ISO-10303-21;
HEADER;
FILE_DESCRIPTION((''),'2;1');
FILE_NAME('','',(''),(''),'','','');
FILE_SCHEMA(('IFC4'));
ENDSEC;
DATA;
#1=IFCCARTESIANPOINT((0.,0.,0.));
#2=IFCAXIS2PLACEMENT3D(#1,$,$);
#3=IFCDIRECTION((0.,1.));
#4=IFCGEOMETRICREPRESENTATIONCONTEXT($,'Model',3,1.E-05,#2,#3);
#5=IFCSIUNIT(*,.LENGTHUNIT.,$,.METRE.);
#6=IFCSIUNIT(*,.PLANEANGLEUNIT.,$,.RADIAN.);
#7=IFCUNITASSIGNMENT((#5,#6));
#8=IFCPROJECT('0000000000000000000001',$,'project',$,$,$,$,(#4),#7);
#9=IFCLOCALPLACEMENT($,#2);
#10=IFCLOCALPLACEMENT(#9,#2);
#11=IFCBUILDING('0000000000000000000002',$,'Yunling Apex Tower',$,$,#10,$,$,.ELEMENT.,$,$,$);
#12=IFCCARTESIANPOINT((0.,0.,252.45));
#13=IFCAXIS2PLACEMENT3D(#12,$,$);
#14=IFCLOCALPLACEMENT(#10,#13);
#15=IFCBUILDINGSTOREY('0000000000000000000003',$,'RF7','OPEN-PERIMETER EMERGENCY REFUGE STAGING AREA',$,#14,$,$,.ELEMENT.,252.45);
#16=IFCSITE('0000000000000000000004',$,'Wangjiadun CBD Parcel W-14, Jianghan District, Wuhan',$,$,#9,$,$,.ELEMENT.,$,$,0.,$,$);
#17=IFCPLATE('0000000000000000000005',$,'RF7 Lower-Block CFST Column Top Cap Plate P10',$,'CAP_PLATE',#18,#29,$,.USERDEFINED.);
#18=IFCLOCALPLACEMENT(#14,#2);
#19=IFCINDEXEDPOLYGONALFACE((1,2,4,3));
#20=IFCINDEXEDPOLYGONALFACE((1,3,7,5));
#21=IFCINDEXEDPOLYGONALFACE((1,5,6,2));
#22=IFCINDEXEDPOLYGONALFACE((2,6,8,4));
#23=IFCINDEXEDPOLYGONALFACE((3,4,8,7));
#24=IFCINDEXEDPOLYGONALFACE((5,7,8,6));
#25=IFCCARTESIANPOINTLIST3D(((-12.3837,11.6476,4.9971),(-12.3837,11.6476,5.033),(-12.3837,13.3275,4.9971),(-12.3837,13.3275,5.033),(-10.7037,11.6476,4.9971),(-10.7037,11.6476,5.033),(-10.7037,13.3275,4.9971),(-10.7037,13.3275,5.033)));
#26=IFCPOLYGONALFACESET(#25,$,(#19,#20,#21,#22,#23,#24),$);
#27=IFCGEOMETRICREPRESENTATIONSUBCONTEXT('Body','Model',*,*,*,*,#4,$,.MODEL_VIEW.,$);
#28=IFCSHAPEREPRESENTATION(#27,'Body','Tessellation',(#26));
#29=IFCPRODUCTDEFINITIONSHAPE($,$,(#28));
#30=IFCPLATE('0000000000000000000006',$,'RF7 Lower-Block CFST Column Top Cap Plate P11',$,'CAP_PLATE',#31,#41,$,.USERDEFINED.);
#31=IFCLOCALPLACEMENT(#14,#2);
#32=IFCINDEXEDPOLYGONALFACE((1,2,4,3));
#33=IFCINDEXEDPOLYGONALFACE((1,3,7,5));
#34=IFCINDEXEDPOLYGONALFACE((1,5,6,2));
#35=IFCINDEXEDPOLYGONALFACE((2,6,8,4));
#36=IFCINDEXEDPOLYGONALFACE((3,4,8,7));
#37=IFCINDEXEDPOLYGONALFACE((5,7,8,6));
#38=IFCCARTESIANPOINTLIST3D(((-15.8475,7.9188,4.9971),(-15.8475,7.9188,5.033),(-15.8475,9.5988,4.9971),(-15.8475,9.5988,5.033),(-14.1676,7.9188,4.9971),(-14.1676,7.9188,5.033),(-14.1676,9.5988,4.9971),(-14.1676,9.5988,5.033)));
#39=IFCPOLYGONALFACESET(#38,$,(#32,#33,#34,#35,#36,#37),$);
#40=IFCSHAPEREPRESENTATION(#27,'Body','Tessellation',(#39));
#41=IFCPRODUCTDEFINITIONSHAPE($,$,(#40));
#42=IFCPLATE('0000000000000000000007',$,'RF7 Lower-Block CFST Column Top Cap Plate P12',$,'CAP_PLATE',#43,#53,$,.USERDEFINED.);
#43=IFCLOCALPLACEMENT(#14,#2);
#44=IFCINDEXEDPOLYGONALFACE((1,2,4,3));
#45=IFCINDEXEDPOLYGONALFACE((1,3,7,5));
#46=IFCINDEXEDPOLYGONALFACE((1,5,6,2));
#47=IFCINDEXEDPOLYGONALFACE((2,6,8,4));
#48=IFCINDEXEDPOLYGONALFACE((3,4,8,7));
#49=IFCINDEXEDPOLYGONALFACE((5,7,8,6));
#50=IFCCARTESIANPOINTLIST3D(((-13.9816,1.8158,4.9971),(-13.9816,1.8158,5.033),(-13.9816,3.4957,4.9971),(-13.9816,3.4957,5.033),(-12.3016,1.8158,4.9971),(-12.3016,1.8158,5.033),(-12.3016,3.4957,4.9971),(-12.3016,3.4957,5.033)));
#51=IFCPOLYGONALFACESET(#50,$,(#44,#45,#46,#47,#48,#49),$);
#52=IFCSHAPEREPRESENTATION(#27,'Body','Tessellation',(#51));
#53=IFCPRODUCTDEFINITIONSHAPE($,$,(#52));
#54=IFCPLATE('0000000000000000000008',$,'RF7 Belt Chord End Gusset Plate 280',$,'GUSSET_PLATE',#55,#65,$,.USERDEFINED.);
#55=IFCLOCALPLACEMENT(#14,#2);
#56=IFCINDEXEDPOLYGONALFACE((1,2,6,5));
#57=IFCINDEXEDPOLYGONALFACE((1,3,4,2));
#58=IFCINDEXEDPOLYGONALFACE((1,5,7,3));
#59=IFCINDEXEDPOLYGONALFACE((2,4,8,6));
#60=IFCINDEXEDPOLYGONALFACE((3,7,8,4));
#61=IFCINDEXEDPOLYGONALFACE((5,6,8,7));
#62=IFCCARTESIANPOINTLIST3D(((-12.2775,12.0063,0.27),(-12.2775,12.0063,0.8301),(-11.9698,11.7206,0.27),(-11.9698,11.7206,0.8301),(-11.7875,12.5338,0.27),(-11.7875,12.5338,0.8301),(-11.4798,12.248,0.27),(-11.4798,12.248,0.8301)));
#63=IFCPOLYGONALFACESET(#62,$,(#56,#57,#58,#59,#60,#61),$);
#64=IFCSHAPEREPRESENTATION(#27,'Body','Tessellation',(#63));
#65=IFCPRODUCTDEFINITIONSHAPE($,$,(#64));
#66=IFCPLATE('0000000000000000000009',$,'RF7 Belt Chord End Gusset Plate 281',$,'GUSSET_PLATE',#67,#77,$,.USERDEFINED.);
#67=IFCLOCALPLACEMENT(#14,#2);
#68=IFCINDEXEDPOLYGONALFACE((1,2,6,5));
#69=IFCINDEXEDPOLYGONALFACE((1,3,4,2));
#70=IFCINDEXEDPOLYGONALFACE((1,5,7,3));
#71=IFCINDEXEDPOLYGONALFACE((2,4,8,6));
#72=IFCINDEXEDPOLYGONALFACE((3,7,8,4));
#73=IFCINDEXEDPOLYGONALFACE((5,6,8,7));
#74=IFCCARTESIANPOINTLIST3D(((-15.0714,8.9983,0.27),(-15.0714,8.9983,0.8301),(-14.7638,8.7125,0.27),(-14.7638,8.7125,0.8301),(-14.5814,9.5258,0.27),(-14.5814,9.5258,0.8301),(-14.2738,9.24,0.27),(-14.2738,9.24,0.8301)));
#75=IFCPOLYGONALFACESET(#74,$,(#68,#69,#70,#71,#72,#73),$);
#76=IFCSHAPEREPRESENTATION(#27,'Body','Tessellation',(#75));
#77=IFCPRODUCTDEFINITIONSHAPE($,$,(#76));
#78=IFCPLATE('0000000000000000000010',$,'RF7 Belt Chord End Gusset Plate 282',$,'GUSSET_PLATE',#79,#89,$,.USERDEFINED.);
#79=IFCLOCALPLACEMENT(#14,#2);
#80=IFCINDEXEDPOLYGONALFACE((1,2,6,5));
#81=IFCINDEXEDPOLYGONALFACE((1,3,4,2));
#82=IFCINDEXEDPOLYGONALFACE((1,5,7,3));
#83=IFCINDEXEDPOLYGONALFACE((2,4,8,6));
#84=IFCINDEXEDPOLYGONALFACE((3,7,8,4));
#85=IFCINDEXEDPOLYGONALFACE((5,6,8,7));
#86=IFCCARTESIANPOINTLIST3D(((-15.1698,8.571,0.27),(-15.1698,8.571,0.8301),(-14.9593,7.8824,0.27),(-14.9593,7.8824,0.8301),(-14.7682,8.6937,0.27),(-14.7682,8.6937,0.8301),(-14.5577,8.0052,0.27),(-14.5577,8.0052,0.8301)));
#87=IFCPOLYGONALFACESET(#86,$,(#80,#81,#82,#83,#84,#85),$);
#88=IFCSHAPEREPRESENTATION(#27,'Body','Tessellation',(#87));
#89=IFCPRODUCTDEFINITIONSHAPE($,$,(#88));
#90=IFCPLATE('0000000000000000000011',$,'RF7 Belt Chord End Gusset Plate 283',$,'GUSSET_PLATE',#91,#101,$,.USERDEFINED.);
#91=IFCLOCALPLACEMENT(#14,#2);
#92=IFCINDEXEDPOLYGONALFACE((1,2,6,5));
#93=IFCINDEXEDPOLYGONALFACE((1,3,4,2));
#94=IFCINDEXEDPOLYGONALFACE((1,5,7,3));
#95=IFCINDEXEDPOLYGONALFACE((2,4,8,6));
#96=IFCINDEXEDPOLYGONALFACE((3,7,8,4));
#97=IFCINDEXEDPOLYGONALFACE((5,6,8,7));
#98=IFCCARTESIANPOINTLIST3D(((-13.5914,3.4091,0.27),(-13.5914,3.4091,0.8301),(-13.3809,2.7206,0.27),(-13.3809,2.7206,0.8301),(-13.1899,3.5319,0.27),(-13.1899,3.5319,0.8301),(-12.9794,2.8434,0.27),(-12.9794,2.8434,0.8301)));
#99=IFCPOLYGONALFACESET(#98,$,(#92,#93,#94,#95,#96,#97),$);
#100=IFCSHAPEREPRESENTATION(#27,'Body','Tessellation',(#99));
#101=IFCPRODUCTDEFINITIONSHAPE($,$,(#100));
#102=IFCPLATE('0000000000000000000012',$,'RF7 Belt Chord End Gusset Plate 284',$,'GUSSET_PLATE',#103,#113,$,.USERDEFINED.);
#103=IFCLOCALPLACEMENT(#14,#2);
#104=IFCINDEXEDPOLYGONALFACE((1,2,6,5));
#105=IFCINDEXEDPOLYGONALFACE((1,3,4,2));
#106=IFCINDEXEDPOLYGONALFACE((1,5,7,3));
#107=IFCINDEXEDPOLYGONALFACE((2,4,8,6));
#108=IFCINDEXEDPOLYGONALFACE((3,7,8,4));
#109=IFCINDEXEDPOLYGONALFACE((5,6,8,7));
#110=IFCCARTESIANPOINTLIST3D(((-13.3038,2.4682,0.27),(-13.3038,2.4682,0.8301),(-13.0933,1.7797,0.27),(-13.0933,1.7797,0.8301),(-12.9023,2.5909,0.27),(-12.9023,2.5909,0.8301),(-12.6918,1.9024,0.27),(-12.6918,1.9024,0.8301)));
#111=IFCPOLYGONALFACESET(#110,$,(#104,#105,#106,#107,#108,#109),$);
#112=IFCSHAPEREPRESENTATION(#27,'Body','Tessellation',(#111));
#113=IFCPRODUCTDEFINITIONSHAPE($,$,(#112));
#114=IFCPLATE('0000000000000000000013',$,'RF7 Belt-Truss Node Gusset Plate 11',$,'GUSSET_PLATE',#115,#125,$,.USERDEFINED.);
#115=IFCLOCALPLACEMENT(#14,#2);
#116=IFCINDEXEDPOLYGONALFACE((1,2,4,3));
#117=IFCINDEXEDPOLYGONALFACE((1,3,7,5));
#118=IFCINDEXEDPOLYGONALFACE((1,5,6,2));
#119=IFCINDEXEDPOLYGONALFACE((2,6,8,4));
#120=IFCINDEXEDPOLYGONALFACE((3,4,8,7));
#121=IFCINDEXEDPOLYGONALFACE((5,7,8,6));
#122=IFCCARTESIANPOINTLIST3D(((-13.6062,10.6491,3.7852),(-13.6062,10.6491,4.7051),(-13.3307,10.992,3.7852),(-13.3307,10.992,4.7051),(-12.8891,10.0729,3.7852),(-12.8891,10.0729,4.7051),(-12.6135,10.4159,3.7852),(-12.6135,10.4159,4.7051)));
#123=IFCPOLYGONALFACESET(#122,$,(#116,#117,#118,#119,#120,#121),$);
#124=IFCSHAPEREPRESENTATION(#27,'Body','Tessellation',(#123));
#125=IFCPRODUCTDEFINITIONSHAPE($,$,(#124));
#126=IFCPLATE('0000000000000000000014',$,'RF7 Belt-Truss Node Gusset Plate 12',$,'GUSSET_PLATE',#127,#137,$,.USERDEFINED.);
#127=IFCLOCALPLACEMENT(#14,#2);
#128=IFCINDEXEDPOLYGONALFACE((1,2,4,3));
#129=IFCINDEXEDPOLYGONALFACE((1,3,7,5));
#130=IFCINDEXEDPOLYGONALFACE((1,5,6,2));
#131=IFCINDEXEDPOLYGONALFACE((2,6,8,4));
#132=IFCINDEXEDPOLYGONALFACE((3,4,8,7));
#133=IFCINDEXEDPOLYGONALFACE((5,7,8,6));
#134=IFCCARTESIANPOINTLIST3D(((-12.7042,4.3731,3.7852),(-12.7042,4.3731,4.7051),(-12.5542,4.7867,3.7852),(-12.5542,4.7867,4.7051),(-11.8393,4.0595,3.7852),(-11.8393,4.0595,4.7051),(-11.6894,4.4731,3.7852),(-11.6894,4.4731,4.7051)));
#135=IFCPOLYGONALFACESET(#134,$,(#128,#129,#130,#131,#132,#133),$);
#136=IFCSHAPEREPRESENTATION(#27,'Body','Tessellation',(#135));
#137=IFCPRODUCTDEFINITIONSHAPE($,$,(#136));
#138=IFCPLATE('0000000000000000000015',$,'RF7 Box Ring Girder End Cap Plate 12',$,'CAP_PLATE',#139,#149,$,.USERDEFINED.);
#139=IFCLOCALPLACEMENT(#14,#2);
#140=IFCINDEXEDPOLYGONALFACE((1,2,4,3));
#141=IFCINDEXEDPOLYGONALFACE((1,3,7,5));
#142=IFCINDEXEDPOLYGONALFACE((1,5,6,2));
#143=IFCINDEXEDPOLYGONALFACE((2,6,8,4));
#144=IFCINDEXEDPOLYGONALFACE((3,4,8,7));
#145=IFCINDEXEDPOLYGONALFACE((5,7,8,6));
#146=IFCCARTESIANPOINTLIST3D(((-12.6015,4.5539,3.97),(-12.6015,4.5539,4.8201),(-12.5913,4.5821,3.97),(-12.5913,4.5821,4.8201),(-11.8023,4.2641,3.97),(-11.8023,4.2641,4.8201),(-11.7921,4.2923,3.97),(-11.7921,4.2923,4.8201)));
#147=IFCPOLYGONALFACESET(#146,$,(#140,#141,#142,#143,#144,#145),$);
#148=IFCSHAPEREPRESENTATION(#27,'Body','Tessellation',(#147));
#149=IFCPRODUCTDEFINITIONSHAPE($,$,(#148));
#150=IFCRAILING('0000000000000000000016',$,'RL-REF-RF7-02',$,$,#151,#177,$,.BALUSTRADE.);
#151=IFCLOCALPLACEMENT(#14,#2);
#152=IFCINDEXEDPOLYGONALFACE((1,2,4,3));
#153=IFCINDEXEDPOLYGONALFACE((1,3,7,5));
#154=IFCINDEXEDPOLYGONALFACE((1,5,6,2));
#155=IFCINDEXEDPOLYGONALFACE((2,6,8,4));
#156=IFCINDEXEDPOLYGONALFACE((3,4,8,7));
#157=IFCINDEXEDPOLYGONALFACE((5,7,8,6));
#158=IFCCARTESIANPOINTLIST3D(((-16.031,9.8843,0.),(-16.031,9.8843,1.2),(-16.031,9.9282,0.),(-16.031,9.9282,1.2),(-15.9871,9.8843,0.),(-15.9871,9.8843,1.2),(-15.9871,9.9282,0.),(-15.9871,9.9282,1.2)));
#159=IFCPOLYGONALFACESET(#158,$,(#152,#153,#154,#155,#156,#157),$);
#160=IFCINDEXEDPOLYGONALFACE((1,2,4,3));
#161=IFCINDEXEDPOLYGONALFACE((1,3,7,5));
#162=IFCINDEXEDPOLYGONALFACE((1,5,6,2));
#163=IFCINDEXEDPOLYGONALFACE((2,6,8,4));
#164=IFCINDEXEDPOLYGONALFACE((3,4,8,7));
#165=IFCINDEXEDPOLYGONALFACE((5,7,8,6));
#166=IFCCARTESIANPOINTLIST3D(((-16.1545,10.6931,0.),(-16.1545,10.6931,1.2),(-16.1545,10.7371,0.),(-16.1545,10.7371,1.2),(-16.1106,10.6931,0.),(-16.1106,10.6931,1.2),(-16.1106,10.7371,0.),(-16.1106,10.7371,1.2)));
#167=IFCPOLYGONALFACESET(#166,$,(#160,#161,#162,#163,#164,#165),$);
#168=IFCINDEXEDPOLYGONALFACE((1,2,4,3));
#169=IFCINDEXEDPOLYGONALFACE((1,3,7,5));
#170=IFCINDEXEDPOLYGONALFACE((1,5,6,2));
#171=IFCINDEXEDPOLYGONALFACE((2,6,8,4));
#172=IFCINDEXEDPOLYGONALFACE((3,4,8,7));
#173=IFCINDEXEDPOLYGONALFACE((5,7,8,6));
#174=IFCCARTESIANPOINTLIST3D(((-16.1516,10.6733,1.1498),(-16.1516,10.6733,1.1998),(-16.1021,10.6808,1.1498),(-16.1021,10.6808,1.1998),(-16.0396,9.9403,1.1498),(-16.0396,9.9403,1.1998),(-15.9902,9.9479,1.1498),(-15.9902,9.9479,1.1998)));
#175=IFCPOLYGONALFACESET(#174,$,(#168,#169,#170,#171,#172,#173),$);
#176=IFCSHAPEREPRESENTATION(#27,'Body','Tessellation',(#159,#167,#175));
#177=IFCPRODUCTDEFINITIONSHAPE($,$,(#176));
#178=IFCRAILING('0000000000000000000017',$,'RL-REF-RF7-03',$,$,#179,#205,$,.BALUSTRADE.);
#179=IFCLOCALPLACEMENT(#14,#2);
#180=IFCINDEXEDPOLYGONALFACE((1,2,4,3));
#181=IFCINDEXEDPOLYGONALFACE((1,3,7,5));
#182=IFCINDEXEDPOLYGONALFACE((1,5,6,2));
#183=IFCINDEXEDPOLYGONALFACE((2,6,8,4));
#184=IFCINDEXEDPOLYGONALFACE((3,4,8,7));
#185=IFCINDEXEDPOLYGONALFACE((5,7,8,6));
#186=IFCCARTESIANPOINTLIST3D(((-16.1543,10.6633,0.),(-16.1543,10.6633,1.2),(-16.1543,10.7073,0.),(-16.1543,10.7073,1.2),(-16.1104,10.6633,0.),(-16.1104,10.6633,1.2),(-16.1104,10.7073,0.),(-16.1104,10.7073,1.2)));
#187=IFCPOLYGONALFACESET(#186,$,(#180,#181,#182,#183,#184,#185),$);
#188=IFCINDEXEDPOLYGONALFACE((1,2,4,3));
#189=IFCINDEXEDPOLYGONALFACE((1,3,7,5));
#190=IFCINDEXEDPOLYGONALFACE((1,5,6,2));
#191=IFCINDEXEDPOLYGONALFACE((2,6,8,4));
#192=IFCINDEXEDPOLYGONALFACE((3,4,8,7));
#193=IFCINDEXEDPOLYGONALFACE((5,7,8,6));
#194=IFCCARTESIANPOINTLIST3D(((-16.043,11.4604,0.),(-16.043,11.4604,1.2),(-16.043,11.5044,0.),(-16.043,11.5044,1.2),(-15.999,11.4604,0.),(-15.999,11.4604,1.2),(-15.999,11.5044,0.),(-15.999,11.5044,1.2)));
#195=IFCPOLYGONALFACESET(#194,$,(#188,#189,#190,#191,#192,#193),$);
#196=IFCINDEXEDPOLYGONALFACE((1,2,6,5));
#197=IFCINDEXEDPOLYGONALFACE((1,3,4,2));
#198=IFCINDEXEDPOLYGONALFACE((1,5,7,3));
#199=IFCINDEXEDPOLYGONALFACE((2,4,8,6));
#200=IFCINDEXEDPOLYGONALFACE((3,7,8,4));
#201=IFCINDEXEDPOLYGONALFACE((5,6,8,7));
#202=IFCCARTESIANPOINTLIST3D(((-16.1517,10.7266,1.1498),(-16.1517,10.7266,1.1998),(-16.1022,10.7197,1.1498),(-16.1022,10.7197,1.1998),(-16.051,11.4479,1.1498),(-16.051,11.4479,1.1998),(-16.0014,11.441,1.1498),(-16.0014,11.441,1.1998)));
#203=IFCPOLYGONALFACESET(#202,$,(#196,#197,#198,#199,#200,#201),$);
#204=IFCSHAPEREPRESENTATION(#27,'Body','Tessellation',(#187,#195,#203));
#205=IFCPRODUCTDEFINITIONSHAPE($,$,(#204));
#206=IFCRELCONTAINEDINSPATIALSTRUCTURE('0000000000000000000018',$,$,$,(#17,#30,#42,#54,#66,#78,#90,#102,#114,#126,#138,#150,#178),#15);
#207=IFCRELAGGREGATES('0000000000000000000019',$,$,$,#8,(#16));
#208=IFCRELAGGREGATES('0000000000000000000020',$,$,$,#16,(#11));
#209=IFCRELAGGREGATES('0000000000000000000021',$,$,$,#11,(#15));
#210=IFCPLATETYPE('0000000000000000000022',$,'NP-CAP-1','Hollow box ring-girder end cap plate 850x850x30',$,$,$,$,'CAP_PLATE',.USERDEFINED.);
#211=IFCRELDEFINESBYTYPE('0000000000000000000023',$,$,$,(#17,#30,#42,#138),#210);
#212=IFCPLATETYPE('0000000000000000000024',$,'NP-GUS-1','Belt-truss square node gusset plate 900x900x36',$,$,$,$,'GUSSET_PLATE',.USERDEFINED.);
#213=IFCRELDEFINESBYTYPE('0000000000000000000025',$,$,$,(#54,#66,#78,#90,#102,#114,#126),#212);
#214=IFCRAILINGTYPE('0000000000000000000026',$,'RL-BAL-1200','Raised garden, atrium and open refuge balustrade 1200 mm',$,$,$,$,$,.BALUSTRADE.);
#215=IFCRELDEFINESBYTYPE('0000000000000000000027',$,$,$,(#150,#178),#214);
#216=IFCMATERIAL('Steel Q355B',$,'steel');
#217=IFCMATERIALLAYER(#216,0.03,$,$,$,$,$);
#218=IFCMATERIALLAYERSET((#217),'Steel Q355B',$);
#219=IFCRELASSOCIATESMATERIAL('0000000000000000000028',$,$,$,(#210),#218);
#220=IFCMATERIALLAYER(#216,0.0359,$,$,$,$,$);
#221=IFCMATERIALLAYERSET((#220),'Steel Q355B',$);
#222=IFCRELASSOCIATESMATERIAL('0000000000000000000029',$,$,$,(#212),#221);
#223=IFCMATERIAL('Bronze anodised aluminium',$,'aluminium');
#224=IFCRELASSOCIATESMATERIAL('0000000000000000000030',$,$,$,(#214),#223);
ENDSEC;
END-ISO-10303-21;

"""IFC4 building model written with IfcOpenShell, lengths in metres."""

from ifc_helpers import new_model, si_unit, direction, frame, origin, origin_2d, place, context, subcontext, project, spatial, rectangle, extrude, source, transform, mapped, material, layer, layer_set, type_object, element, save


model = new_model("IFC4")

# Units and contexts
model_context = context("Model", 3, precision=1e-05, world=origin(), true_north=direction((0.0, 1.0)))
body_context = subcontext(model_context, "Body", "Model", "MODEL_VIEW")
ifc_project = project(units=[si_unit("LENGTHUNIT", "METRE"), si_unit("PLANEANGLEUNIT", "RADIAN")], contexts=[model_context])

# Site, building, storey
site_placement = place(None, origin())
site = spatial("IfcSite", under=ifc_project, at=site_placement, Name="Wangjiadun CBD Parcel W-14, Jianghan District, Wuhan", CompositionType="ELEMENT", RefElevation=0.0)
building_placement = place(site_placement, origin())
building = spatial("IfcBuilding", under=site, at=building_placement, Name="Yunling Apex Tower", CompositionType="ELEMENT")
storey_placement = place(building_placement, frame((0.0, 0.0, 252.45)))
storey = spatial("IfcBuildingStorey", under=building, at=storey_placement, Name="RF7", Description="OPEN-PERIMETER EMERGENCY REFUGE STAGING AREA", CompositionType="ELEMENT", Elevation=252.45)

# Shared definitions
ifc_material_1 = material(Name="Steel Q355B", Category="steel")

# Plates
ifc_layer_1 = layer(ifc_material_1, 0.03)
ifc_layer_set_1 = layer_set([ifc_layer_1], Name="Steel Q355B")
plate_type_1 = type_object("IfcPlateType", Name="NP-CAP-1", Description="Hollow box ring-girder end cap plate 850x850x30", ElementType="CAP_PLATE", PredefinedType="USERDEFINED", material=ifc_layer_set_1)
shared_shape_1 = source(origin(), body_context, "Body", "SweptSolid", [
    extrude(rectangle(XDim=1.6799, YDim=1.6799, at=origin_2d()), origin(), (0.0, 0.0, 1.0), 0.0359),
])
for number, where, z_axis, x_axis, name in (
    (1, (-11.5437, 12.4875, 4.9971), (0.0, 0.0, 1.0), (1.0, 0.0, 0.0), "RF7 Lower-Block CFST Column Top Cap Plate P10"),
    (2, (-15.0076, 8.7588, 4.9971), (0.0, 0.0, 1.0), (1.0, 0.0, 0.0), "RF7 Lower-Block CFST Column Top Cap Plate P11"),
    (3, (-13.1416, 2.6558, 4.9971), (0.0, 0.0, 1.0), (1.0, 0.0, 0.0), "RF7 Lower-Block CFST Column Top Cap Plate P12"),
):
    element("IfcPlate", number, at=place(storey_placement, frame(where, z_axis=z_axis, x_axis=x_axis)), inside=storey, type_object=plate_type_1, Name=name, ObjectType="CAP_PLATE", PredefinedType="USERDEFINED", context=body_context, shape_type="MappedRepresentation", body=[
        mapped(shared_shape_1, transform((0.0, 0.0, 0.0), scale=1.0)),
    ])
ifc_layer_2 = layer(ifc_material_1, 0.0359)
ifc_layer_set_2 = layer_set([ifc_layer_2], Name="Steel Q355B")
plate_type_2 = type_object("IfcPlateType", Name="NP-GUS-1", Description="Belt-truss square node gusset plate 900x900x36", ElementType="GUSSET_PLATE", PredefinedType="USERDEFINED", material=ifc_layer_set_2)
shared_shape_2 = source(origin(), body_context, "Body", "SweptSolid", [
    extrude(rectangle(XDim=0.72, YDim=0.4199, at=origin_2d()), origin(), (0.0, 0.0, 1.0), 0.5601),
])
for number, where, z_axis, x_axis, name in (
    (4, (-11.8787, 12.1272, 0.27), (0.0, 0.0, 1.0), (-0.680593, -0.732662, 0.0), "RF7 Belt Chord End Gusset Plate 280"),
    (5, (-14.6726, 9.1191, 0.27), (0.0, 0.0, 1.0), (-0.680593, -0.732662, 0.0), "RF7 Belt Chord End Gusset Plate 281"),
    (6, (-14.8638, 8.2881, 0.27), (0.0, 0.0, 1.0), (0.292372, -0.956305, 0.0), "RF7 Belt Chord End Gusset Plate 282"),
    (7, (-13.2854, 3.1262, 0.27), (0.0, 0.0, 1.0), (0.292372, -0.956305, 0.0), "RF7 Belt Chord End Gusset Plate 283"),
    (8, (-12.9978, 2.1853, 0.27), (0.0, 0.0, 1.0), (0.292372, -0.956305, 0.0), "RF7 Belt Chord End Gusset Plate 284"),
):
    element("IfcPlate", number, at=place(storey_placement, frame(where, z_axis=z_axis, x_axis=x_axis)), inside=storey, type_object=plate_type_2, Name=name, ObjectType="GUSSET_PLATE", PredefinedType="USERDEFINED", context=body_context, shape_type="MappedRepresentation", body=[
        mapped(shared_shape_2, transform((0.0, 0.0, 0.0), scale=1.0)),
    ])
shared_shape_3 = source(origin(), body_context, "Body", "SweptSolid", [
    extrude(rectangle(XDim=0.9199, YDim=0.4399, at=origin_2d()), origin(), (0.0, 0.0, 1.0), 0.9199),
])
for number, where, z_axis, x_axis, name in (
    (9, (-13.1099, 10.5325, 3.7852), (0.0, 0.0, 1.0), (-0.779557, 0.626332, 0.0), "RF7 Belt-Truss Node Gusset Plate 11"),
    (10, (-12.1968, 4.4231, 3.7852), (0.0, 0.0, 1.0), (-0.94011, 0.340872, 0.0), "RF7 Belt-Truss Node Gusset Plate 12"),
):
    element("IfcPlate", number, at=place(storey_placement, frame(where, z_axis=z_axis, x_axis=x_axis)), inside=storey, type_object=plate_type_2, Name=name, ObjectType="GUSSET_PLATE", PredefinedType="USERDEFINED", context=body_context, shape_type="MappedRepresentation", body=[
        mapped(shared_shape_3, transform((0.0, 0.0, 0.0), scale=1.0)),
    ])
shared_shape_4 = source(origin(), body_context, "Body", "SweptSolid", [
    extrude(rectangle(XDim=0.8501, YDim=0.03, at=origin_2d()), origin(), (0.0, 0.0, 1.0), 0.8501),
])
plate_placement = place(storey_placement, frame((-12.1968, 4.4231, 3.97), z_axis=(0.0, 0.0, 1.0), x_axis=(-0.94011, 0.340872, 0.0)))
element("IfcPlate", 11, at=plate_placement, inside=storey, type_object=plate_type_1, Name="RF7 Box Ring Girder End Cap Plate 12", ObjectType="CAP_PLATE", PredefinedType="USERDEFINED", context=body_context, shape_type="MappedRepresentation", body=[
    mapped(shared_shape_4, transform((0.0, 0.0, 0.0), scale=1.0)),
])

# Railings
ifc_material_2 = material(Name="Bronze anodised aluminium", Category="aluminium")
railing_type = type_object("IfcRailingType", Name="RL-BAL-1200", Description="Raised garden, atrium and open refuge balustrade 1200 mm", PredefinedType="BALUSTRADE", material=ifc_material_2)
railing_1_placement = place(storey_placement, frame((-16.009, 9.9062, 0.0)))
element("IfcRailing", 12, at=railing_1_placement, inside=storey, type_object=railing_type, Name="RL-REF-RF7-02", PredefinedType="BALUSTRADE", context=body_context, shape_type="SweptSolid", body=[
    extrude(rectangle(XDim=0.0439, YDim=0.0439, at=origin_2d()), origin(), (0.0, 0.0, 1.0), 1.2),
    extrude(rectangle(XDim=0.0439, YDim=0.0439, at=origin_2d()), frame((-0.1235, 0.8088, 0.0)), (0.0, 0.0, 1.0), 1.2),
    extrude(rectangle(XDim=0.05, YDim=0.05, at=origin_2d()), frame((-0.0059, 0.0378, 1.1748), z_axis=(-0.150981, 0.988537, 0.0), x_axis=(-0.988537, -0.150981, 0.0)), (0.0, 0.0, 1.0), 0.7415),
])
railing_2_placement = place(storey_placement, frame((-16.1323, 10.6853, 0.0)))
element("IfcRailing", 13, at=railing_2_placement, inside=storey, type_object=railing_type, Name="RL-REF-RF7-03", PredefinedType="BALUSTRADE", context=body_context, shape_type="SweptSolid", body=[
    extrude(rectangle(XDim=0.0439, YDim=0.0439, at=origin_2d()), origin(), (0.0, 0.0, 1.0), 1.2),
    extrude(rectangle(XDim=0.0439, YDim=0.0439, at=origin_2d()), frame((0.1113, 0.7971, 0.0)), (0.0, 0.0, 1.0), 1.2),
    extrude(rectangle(XDim=0.05, YDim=0.05, at=origin_2d()), frame((0.0054, 0.0378, 1.1748), z_axis=(0.138321, 0.990388, 0.0), x_axis=(-0.990388, 0.138321, 0.0)), (0.0, 0.0, 1.0), 0.7283),
])

save(model, "model.ifc")
